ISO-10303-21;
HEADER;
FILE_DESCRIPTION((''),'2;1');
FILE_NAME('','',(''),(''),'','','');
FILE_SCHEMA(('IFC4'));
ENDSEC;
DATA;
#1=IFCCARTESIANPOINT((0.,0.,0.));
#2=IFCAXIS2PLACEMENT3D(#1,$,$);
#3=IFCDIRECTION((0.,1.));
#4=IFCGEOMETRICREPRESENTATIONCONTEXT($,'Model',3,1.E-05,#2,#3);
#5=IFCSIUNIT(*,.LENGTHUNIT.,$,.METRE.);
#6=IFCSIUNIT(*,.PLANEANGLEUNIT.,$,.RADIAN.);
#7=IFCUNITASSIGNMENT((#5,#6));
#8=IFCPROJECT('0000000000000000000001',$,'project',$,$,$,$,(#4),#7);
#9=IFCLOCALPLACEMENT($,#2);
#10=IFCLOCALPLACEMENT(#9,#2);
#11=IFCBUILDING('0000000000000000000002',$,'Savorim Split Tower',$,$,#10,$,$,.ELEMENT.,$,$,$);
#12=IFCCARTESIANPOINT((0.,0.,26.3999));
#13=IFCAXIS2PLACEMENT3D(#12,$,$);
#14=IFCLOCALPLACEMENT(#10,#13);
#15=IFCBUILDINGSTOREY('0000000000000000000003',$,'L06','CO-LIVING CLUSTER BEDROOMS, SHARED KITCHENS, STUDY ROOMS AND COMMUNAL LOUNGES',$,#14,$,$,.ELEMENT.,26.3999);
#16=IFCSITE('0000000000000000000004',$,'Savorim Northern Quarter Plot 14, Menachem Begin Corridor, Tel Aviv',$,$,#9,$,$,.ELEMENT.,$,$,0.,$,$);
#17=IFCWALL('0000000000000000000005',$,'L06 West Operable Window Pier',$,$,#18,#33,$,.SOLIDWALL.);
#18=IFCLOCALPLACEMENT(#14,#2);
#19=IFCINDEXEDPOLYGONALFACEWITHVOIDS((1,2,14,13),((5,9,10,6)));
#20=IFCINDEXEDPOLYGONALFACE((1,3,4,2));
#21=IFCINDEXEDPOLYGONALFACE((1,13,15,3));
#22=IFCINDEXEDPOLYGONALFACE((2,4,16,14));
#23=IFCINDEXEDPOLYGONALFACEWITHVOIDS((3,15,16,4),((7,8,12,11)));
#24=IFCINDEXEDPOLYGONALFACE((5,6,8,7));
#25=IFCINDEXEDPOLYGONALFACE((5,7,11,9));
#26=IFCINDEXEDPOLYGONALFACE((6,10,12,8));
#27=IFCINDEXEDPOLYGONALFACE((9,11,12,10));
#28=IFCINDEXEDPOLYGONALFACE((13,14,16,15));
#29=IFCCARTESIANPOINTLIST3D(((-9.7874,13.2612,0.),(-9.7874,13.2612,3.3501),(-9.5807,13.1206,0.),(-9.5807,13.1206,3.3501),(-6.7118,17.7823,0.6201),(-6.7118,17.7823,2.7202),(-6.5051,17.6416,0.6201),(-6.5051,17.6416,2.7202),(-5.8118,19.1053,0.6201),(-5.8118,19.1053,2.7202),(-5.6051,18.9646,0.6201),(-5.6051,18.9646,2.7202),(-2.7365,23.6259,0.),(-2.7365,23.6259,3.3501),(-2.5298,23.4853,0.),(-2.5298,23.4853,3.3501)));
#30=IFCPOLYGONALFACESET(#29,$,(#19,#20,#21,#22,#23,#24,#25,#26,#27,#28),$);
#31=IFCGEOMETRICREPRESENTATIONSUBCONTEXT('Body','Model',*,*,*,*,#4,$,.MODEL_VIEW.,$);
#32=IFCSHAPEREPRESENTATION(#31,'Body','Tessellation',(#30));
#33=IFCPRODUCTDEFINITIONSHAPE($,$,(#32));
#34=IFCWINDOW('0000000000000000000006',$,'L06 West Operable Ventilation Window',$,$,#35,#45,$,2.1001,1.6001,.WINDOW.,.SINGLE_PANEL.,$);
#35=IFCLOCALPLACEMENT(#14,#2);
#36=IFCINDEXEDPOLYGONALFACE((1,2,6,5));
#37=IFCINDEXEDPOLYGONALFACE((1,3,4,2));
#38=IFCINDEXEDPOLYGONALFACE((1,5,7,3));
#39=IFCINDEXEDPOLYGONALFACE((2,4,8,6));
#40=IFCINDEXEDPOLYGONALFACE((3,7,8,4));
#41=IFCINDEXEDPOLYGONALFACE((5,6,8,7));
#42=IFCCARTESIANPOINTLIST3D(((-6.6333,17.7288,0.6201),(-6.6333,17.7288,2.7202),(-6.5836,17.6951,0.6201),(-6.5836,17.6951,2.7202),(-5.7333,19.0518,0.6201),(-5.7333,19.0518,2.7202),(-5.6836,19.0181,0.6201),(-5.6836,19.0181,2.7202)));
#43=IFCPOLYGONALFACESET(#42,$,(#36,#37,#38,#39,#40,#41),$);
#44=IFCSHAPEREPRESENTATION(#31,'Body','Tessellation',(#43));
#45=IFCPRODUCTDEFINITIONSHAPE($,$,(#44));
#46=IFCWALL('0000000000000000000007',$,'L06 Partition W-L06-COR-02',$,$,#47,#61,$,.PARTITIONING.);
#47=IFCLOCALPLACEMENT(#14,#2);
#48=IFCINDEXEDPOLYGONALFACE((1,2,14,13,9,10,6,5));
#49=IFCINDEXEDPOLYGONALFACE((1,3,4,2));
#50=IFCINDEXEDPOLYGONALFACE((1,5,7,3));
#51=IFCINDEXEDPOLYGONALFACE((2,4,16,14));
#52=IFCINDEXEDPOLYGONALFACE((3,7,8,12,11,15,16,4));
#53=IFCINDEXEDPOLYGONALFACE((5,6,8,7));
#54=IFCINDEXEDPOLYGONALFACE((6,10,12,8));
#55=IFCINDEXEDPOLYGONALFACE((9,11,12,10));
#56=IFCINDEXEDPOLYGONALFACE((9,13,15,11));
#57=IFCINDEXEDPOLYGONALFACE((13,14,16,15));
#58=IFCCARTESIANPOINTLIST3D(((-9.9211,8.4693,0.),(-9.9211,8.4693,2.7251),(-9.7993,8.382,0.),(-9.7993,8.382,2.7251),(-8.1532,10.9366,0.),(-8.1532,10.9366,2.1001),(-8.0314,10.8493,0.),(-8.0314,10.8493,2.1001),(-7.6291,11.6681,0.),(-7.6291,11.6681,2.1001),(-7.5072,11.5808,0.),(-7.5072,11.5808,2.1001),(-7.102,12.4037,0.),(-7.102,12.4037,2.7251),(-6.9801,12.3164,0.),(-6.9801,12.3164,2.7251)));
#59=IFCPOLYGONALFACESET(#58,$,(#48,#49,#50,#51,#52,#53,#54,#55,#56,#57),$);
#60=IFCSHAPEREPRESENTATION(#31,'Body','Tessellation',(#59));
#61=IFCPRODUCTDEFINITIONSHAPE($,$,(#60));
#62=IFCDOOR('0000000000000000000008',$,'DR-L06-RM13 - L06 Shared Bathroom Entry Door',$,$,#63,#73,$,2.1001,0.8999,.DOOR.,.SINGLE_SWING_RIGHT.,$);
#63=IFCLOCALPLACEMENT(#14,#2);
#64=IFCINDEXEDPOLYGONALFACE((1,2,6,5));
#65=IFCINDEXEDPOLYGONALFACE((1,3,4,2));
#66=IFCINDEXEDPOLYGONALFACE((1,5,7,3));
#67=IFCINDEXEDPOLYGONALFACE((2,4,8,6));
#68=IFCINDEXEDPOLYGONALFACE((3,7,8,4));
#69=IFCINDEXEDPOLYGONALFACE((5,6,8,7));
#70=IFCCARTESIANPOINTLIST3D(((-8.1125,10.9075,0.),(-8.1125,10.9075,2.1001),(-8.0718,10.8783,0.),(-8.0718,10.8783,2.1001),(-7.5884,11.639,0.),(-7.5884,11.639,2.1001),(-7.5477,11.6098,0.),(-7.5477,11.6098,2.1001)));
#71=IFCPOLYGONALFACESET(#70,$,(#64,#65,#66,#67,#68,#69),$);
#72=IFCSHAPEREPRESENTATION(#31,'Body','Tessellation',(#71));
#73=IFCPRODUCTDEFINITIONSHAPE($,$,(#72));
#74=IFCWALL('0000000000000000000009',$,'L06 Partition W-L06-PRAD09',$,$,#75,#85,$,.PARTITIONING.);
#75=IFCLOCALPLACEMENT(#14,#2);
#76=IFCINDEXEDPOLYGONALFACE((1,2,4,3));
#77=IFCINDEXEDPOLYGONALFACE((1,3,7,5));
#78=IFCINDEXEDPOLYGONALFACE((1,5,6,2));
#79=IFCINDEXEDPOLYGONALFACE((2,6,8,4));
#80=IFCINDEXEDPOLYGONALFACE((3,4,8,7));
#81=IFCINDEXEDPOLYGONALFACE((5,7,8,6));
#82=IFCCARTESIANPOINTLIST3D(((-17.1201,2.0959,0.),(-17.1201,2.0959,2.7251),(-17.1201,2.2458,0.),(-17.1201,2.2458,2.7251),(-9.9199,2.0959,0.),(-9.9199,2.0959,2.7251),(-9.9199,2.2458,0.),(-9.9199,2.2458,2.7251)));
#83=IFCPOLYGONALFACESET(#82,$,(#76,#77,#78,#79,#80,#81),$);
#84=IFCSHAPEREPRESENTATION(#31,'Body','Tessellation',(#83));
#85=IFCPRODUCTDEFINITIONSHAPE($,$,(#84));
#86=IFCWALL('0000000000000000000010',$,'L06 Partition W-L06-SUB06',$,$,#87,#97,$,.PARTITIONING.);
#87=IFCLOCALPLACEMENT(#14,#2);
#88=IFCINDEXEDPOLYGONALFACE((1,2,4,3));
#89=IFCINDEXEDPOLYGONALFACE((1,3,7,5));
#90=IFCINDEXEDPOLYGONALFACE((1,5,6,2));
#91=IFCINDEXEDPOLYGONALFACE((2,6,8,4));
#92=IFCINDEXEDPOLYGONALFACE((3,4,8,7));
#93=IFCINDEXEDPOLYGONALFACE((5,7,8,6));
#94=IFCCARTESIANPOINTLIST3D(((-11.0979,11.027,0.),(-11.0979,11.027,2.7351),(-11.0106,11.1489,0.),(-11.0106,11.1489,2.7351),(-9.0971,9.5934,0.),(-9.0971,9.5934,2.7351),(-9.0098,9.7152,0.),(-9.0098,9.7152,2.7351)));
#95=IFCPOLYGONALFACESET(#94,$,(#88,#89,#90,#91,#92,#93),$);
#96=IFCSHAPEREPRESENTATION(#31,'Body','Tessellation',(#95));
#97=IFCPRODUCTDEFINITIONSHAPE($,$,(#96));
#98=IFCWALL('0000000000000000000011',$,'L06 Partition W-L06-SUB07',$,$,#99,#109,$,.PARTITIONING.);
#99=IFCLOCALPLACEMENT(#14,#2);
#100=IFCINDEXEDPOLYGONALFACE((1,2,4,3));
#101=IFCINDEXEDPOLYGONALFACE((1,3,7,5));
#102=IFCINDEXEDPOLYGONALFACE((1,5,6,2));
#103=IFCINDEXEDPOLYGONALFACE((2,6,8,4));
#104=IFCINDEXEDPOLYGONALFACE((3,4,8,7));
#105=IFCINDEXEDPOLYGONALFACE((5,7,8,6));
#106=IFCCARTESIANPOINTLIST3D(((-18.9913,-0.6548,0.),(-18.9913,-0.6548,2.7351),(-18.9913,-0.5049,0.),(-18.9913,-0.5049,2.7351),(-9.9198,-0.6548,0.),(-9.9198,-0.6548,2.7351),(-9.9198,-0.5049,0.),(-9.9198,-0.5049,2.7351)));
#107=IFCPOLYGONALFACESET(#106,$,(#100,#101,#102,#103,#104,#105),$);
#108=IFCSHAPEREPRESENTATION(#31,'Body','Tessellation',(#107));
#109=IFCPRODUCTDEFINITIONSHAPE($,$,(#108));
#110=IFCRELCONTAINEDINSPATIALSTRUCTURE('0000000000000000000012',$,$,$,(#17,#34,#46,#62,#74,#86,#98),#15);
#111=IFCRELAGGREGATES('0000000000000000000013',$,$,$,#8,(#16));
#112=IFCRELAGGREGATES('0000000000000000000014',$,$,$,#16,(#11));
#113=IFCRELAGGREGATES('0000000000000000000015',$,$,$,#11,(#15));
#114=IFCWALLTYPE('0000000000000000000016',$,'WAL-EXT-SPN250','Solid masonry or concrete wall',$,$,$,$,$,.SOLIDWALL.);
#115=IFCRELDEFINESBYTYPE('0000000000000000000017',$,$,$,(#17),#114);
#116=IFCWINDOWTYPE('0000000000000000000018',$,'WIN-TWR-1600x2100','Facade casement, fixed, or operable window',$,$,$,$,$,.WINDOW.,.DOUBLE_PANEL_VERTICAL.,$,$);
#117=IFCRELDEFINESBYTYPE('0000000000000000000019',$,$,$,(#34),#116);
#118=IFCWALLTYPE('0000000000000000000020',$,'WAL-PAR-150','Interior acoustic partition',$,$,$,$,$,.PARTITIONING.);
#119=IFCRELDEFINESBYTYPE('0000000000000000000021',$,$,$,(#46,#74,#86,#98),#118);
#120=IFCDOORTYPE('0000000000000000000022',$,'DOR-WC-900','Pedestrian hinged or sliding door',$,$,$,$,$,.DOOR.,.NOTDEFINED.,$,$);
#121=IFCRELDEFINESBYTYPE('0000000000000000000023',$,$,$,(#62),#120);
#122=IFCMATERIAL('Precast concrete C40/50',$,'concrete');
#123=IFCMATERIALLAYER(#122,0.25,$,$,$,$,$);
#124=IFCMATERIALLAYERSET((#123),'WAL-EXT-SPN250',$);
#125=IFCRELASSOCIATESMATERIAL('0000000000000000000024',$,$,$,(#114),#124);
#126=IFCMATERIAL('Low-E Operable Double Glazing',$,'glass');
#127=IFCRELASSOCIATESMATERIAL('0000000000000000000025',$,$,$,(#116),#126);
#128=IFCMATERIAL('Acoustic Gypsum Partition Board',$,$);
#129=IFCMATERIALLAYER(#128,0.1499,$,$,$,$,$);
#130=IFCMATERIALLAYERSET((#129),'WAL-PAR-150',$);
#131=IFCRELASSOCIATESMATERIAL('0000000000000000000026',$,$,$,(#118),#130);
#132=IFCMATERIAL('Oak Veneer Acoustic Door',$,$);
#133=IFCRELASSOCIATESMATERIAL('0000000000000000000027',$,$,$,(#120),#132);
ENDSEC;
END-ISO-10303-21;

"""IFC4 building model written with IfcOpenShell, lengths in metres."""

from ifc_helpers import new_model, si_unit, direction, frame, frame_2d, origin, place, context, subcontext, project, spatial, rectangle, extrude, material, layer, layer_set, type_object, element, fill, save


model = new_model("IFC4")

# Units and contexts
model_context = context("Model", 3, precision=1e-05, world=origin(), true_north=direction((0.0, 1.0)))
body_context = subcontext(model_context, "Body", "Model", "MODEL_VIEW")
ifc_project = project(units=[si_unit("LENGTHUNIT", "METRE"), si_unit("PLANEANGLEUNIT", "RADIAN")], contexts=[model_context])

# Site, building, storey
site_placement = place(None, origin())
site = spatial("IfcSite", under=ifc_project, at=site_placement, Name="Savorim Northern Quarter Plot 14, Menachem Begin Corridor, Tel Aviv", CompositionType="ELEMENT", RefElevation=0.0)
building_placement = place(site_placement, origin())
building = spatial("IfcBuilding", under=site, at=building_placement, Name="Savorim Split Tower", CompositionType="ELEMENT")
storey_placement = place(building_placement, frame((0.0, 0.0, 26.3999)))
storey = spatial("IfcBuildingStorey", under=building, at=storey_placement, Name="L06", Description="CO-LIVING CLUSTER BEDROOMS, SHARED KITCHENS, STUDY ROOMS AND COMMUNAL LOUNGES", CompositionType="ELEMENT", Elevation=26.3999)

# Wall, opening, window
ifc_material_1 = material(Name="Precast concrete C40/50", Category="concrete")
ifc_layer_1 = layer(ifc_material_1, 0.25)
ifc_layer_set_1 = layer_set([ifc_layer_1], Name="WAL-EXT-SPN250")
wall_type_1 = type_object("IfcWallType", Name="WAL-EXT-SPN250", Description="Solid masonry or concrete wall", PredefinedType="SOLIDWALL", material=ifc_layer_set_1)
wall_1_placement = place(storey_placement, frame((-9.6841, 13.1909, 0.0), z_axis=(0.0, 0.0, 1.0), x_axis=(0.562474, 0.826815, 0.0)))
wall_1 = element("IfcWall", 1, at=wall_1_placement, inside=storey, type_object=wall_type_1, Name="L06 West Operable Window Pier", PredefinedType="SOLIDWALL", context=body_context, shape_type="SweptSolid", body=[
    extrude(rectangle(XDim=12.5356, YDim=0.25, at=frame_2d((6.2678, 0.0))), origin(), (0.0, 0.0, 1.0), 3.3501),
])
opening_1_placement = place(wall_1_placement, frame((5.468, 0.0, 0.6201)))
opening_1 = element("IfcOpeningElement", 2, at=opening_1_placement, cuts=wall_1, PredefinedType="OPENING", context=body_context, shape_type="SweptSolid", body=[
    extrude(rectangle(XDim=1.6001, YDim=2.1001, at=frame_2d((0.8, 1.05))), frame((0.0, 0.135, 0.0), z_axis=(0.0, -1.0, 0.0), x_axis=(1.0, 0.0, 0.0)), (0.0, 0.0, 1.0), 0.27),
])
ifc_material_2 = material(Name="Low-E Operable Double Glazing", Category="glass")
window_type = type_object("IfcWindowType", Name="WIN-TWR-1600x2100", Description="Facade casement, fixed, or operable window", PartitioningType="DOUBLE_PANEL_VERTICAL", PredefinedType="WINDOW", material=ifc_material_2)
window_placement = place(opening_1_placement, origin())
window = element("IfcWindow", 3, at=window_placement, inside=storey, type_object=window_type, Name="L06 West Operable Ventilation Window", OverallHeight=2.1001, OverallWidth=1.6001, PartitioningType="SINGLE_PANEL", PredefinedType="WINDOW", context=body_context, shape_type="SweptSolid", body=[
    extrude(rectangle(XDim=1.6001, YDim=2.1001, at=frame_2d((0.8, 1.05))), frame((0.0, 0.03, 0.0), z_axis=(0.0, -1.0, 0.0), x_axis=(1.0, 0.0, 0.0)), (0.0, 0.0, 1.0), 0.0601),
])
fill(opening_1, window)

# Wall, opening, door
ifc_material_3 = material(Name="Acoustic Gypsum Partition Board")
ifc_layer_2 = layer(ifc_material_3, 0.1499)
ifc_layer_set_2 = layer_set([ifc_layer_2], Name="WAL-PAR-150")
wall_type_2 = type_object("IfcWallType", Name="WAL-PAR-150", Description="Interior acoustic partition", PredefinedType="PARTITIONING", material=ifc_layer_set_2)
wall_2_placement = place(storey_placement, frame((-9.8601, 8.4258, 0.0), z_axis=(0.0, 0.0, 1.0), x_axis=(0.58245, 0.812867, 0.0)))
wall_2 = element("IfcWall", 4, at=wall_2_placement, inside=storey, type_object=wall_type_2, Name="L06 Partition W-L06-COR-02", PredefinedType="PARTITIONING", context=body_context, shape_type="SweptSolid", body=[
    extrude(rectangle(XDim=4.8401, YDim=0.1499, at=frame_2d((2.4199, 0.0))), origin(), (0.0, 0.0, 1.0), 2.7251),
])
opening_2_placement = place(wall_2_placement, frame((3.0352, 0.0, 0.0)))
opening_2 = element("IfcOpeningElement", 5, at=opening_2_placement, cuts=wall_2, PredefinedType="OPENING", context=body_context, shape_type="SweptSolid", body=[
    extrude(rectangle(XDim=0.8999, YDim=2.1001, at=frame_2d((0.45, 1.05))), frame((0.0, 0.085, 0.0), z_axis=(0.0, -1.0, 0.0), x_axis=(1.0, 0.0, 0.0)), (0.0, 0.0, 1.0), 0.1699),
])
ifc_material_4 = material(Name="Oak Veneer Acoustic Door")
door_type_1 = type_object("IfcDoorType", Name="DOR-WC-900", Description="Pedestrian hinged or sliding door", OperationType="NOTDEFINED", PredefinedType="DOOR", material=ifc_material_4)
door_1_placement = place(opening_2_placement, origin())
door_1 = element("IfcDoor", 6, at=door_1_placement, inside=storey, type_object=door_type_1, Name="DR-L06-RM13 - L06 Shared Bathroom Entry Door", OperationType="SINGLE_SWING_RIGHT", OverallHeight=2.1001, OverallWidth=0.8999, PredefinedType="DOOR", context=body_context, shape_type="SweptSolid", body=[
    extrude(rectangle(XDim=0.8999, YDim=2.1001, at=frame_2d((0.45, 1.05))), frame((0.0, 0.0249, 0.0), z_axis=(0.0, -1.0, 0.0), x_axis=(1.0, 0.0, 0.0)), (0.0, 0.0, 1.0), 0.05),
])
fill(opening_2, door_1)

# Walls
wall_3_placement = place(storey_placement, frame((-9.9199, 2.1709, 0.0), z_axis=(0.0, 0.0, 1.0), x_axis=(-1.0, 0.0, 0.0)))
element("IfcWall", 7, at=wall_3_placement, inside=storey, type_object=wall_type_2, Name="L06 Partition W-L06-PRAD09", PredefinedType="PARTITIONING", context=body_context, shape_type="SweptSolid", body=[
    extrude(rectangle(XDim=7.2002, YDim=0.1499, at=frame_2d((3.6001, 0.0))), origin(), (0.0, 0.0, 1.0), 2.7251),
])
wall_4_placement = place(storey_placement, frame((-9.0535, 9.6543, 0.0), z_axis=(0.0, 0.0, 1.0), x_axis=(-0.812868, 0.582448, 0.0)))
element("IfcWall", 8, at=wall_4_placement, inside=storey, type_object=wall_type_2, Name="L06 Partition W-L06-SUB06", PredefinedType="PARTITIONING", context=body_context, shape_type="SweptSolid", body=[
    extrude(rectangle(XDim=2.4614, YDim=0.1499, at=frame_2d((1.2307, 0.0))), origin(), (0.0, 0.0, 1.0), 2.7351),
])
wall_5_placement = place(storey_placement, frame((-9.9199, -0.5798, 0.0), z_axis=(0.0, 0.0, 1.0), x_axis=(-1.0, 0.0, 0.0)))
element("IfcWall", 9, at=wall_5_placement, inside=storey, type_object=wall_type_2, Name="L06 Partition W-L06-SUB07", PredefinedType="PARTITIONING", context=body_context, shape_type="SweptSolid", body=[
    extrude(rectangle(XDim=9.0715, YDim=0.1499, at=frame_2d((4.5356, 0.0))), origin(), (0.0, 0.0, 1.0), 2.7351),
])

save(model, "model.ifc")
